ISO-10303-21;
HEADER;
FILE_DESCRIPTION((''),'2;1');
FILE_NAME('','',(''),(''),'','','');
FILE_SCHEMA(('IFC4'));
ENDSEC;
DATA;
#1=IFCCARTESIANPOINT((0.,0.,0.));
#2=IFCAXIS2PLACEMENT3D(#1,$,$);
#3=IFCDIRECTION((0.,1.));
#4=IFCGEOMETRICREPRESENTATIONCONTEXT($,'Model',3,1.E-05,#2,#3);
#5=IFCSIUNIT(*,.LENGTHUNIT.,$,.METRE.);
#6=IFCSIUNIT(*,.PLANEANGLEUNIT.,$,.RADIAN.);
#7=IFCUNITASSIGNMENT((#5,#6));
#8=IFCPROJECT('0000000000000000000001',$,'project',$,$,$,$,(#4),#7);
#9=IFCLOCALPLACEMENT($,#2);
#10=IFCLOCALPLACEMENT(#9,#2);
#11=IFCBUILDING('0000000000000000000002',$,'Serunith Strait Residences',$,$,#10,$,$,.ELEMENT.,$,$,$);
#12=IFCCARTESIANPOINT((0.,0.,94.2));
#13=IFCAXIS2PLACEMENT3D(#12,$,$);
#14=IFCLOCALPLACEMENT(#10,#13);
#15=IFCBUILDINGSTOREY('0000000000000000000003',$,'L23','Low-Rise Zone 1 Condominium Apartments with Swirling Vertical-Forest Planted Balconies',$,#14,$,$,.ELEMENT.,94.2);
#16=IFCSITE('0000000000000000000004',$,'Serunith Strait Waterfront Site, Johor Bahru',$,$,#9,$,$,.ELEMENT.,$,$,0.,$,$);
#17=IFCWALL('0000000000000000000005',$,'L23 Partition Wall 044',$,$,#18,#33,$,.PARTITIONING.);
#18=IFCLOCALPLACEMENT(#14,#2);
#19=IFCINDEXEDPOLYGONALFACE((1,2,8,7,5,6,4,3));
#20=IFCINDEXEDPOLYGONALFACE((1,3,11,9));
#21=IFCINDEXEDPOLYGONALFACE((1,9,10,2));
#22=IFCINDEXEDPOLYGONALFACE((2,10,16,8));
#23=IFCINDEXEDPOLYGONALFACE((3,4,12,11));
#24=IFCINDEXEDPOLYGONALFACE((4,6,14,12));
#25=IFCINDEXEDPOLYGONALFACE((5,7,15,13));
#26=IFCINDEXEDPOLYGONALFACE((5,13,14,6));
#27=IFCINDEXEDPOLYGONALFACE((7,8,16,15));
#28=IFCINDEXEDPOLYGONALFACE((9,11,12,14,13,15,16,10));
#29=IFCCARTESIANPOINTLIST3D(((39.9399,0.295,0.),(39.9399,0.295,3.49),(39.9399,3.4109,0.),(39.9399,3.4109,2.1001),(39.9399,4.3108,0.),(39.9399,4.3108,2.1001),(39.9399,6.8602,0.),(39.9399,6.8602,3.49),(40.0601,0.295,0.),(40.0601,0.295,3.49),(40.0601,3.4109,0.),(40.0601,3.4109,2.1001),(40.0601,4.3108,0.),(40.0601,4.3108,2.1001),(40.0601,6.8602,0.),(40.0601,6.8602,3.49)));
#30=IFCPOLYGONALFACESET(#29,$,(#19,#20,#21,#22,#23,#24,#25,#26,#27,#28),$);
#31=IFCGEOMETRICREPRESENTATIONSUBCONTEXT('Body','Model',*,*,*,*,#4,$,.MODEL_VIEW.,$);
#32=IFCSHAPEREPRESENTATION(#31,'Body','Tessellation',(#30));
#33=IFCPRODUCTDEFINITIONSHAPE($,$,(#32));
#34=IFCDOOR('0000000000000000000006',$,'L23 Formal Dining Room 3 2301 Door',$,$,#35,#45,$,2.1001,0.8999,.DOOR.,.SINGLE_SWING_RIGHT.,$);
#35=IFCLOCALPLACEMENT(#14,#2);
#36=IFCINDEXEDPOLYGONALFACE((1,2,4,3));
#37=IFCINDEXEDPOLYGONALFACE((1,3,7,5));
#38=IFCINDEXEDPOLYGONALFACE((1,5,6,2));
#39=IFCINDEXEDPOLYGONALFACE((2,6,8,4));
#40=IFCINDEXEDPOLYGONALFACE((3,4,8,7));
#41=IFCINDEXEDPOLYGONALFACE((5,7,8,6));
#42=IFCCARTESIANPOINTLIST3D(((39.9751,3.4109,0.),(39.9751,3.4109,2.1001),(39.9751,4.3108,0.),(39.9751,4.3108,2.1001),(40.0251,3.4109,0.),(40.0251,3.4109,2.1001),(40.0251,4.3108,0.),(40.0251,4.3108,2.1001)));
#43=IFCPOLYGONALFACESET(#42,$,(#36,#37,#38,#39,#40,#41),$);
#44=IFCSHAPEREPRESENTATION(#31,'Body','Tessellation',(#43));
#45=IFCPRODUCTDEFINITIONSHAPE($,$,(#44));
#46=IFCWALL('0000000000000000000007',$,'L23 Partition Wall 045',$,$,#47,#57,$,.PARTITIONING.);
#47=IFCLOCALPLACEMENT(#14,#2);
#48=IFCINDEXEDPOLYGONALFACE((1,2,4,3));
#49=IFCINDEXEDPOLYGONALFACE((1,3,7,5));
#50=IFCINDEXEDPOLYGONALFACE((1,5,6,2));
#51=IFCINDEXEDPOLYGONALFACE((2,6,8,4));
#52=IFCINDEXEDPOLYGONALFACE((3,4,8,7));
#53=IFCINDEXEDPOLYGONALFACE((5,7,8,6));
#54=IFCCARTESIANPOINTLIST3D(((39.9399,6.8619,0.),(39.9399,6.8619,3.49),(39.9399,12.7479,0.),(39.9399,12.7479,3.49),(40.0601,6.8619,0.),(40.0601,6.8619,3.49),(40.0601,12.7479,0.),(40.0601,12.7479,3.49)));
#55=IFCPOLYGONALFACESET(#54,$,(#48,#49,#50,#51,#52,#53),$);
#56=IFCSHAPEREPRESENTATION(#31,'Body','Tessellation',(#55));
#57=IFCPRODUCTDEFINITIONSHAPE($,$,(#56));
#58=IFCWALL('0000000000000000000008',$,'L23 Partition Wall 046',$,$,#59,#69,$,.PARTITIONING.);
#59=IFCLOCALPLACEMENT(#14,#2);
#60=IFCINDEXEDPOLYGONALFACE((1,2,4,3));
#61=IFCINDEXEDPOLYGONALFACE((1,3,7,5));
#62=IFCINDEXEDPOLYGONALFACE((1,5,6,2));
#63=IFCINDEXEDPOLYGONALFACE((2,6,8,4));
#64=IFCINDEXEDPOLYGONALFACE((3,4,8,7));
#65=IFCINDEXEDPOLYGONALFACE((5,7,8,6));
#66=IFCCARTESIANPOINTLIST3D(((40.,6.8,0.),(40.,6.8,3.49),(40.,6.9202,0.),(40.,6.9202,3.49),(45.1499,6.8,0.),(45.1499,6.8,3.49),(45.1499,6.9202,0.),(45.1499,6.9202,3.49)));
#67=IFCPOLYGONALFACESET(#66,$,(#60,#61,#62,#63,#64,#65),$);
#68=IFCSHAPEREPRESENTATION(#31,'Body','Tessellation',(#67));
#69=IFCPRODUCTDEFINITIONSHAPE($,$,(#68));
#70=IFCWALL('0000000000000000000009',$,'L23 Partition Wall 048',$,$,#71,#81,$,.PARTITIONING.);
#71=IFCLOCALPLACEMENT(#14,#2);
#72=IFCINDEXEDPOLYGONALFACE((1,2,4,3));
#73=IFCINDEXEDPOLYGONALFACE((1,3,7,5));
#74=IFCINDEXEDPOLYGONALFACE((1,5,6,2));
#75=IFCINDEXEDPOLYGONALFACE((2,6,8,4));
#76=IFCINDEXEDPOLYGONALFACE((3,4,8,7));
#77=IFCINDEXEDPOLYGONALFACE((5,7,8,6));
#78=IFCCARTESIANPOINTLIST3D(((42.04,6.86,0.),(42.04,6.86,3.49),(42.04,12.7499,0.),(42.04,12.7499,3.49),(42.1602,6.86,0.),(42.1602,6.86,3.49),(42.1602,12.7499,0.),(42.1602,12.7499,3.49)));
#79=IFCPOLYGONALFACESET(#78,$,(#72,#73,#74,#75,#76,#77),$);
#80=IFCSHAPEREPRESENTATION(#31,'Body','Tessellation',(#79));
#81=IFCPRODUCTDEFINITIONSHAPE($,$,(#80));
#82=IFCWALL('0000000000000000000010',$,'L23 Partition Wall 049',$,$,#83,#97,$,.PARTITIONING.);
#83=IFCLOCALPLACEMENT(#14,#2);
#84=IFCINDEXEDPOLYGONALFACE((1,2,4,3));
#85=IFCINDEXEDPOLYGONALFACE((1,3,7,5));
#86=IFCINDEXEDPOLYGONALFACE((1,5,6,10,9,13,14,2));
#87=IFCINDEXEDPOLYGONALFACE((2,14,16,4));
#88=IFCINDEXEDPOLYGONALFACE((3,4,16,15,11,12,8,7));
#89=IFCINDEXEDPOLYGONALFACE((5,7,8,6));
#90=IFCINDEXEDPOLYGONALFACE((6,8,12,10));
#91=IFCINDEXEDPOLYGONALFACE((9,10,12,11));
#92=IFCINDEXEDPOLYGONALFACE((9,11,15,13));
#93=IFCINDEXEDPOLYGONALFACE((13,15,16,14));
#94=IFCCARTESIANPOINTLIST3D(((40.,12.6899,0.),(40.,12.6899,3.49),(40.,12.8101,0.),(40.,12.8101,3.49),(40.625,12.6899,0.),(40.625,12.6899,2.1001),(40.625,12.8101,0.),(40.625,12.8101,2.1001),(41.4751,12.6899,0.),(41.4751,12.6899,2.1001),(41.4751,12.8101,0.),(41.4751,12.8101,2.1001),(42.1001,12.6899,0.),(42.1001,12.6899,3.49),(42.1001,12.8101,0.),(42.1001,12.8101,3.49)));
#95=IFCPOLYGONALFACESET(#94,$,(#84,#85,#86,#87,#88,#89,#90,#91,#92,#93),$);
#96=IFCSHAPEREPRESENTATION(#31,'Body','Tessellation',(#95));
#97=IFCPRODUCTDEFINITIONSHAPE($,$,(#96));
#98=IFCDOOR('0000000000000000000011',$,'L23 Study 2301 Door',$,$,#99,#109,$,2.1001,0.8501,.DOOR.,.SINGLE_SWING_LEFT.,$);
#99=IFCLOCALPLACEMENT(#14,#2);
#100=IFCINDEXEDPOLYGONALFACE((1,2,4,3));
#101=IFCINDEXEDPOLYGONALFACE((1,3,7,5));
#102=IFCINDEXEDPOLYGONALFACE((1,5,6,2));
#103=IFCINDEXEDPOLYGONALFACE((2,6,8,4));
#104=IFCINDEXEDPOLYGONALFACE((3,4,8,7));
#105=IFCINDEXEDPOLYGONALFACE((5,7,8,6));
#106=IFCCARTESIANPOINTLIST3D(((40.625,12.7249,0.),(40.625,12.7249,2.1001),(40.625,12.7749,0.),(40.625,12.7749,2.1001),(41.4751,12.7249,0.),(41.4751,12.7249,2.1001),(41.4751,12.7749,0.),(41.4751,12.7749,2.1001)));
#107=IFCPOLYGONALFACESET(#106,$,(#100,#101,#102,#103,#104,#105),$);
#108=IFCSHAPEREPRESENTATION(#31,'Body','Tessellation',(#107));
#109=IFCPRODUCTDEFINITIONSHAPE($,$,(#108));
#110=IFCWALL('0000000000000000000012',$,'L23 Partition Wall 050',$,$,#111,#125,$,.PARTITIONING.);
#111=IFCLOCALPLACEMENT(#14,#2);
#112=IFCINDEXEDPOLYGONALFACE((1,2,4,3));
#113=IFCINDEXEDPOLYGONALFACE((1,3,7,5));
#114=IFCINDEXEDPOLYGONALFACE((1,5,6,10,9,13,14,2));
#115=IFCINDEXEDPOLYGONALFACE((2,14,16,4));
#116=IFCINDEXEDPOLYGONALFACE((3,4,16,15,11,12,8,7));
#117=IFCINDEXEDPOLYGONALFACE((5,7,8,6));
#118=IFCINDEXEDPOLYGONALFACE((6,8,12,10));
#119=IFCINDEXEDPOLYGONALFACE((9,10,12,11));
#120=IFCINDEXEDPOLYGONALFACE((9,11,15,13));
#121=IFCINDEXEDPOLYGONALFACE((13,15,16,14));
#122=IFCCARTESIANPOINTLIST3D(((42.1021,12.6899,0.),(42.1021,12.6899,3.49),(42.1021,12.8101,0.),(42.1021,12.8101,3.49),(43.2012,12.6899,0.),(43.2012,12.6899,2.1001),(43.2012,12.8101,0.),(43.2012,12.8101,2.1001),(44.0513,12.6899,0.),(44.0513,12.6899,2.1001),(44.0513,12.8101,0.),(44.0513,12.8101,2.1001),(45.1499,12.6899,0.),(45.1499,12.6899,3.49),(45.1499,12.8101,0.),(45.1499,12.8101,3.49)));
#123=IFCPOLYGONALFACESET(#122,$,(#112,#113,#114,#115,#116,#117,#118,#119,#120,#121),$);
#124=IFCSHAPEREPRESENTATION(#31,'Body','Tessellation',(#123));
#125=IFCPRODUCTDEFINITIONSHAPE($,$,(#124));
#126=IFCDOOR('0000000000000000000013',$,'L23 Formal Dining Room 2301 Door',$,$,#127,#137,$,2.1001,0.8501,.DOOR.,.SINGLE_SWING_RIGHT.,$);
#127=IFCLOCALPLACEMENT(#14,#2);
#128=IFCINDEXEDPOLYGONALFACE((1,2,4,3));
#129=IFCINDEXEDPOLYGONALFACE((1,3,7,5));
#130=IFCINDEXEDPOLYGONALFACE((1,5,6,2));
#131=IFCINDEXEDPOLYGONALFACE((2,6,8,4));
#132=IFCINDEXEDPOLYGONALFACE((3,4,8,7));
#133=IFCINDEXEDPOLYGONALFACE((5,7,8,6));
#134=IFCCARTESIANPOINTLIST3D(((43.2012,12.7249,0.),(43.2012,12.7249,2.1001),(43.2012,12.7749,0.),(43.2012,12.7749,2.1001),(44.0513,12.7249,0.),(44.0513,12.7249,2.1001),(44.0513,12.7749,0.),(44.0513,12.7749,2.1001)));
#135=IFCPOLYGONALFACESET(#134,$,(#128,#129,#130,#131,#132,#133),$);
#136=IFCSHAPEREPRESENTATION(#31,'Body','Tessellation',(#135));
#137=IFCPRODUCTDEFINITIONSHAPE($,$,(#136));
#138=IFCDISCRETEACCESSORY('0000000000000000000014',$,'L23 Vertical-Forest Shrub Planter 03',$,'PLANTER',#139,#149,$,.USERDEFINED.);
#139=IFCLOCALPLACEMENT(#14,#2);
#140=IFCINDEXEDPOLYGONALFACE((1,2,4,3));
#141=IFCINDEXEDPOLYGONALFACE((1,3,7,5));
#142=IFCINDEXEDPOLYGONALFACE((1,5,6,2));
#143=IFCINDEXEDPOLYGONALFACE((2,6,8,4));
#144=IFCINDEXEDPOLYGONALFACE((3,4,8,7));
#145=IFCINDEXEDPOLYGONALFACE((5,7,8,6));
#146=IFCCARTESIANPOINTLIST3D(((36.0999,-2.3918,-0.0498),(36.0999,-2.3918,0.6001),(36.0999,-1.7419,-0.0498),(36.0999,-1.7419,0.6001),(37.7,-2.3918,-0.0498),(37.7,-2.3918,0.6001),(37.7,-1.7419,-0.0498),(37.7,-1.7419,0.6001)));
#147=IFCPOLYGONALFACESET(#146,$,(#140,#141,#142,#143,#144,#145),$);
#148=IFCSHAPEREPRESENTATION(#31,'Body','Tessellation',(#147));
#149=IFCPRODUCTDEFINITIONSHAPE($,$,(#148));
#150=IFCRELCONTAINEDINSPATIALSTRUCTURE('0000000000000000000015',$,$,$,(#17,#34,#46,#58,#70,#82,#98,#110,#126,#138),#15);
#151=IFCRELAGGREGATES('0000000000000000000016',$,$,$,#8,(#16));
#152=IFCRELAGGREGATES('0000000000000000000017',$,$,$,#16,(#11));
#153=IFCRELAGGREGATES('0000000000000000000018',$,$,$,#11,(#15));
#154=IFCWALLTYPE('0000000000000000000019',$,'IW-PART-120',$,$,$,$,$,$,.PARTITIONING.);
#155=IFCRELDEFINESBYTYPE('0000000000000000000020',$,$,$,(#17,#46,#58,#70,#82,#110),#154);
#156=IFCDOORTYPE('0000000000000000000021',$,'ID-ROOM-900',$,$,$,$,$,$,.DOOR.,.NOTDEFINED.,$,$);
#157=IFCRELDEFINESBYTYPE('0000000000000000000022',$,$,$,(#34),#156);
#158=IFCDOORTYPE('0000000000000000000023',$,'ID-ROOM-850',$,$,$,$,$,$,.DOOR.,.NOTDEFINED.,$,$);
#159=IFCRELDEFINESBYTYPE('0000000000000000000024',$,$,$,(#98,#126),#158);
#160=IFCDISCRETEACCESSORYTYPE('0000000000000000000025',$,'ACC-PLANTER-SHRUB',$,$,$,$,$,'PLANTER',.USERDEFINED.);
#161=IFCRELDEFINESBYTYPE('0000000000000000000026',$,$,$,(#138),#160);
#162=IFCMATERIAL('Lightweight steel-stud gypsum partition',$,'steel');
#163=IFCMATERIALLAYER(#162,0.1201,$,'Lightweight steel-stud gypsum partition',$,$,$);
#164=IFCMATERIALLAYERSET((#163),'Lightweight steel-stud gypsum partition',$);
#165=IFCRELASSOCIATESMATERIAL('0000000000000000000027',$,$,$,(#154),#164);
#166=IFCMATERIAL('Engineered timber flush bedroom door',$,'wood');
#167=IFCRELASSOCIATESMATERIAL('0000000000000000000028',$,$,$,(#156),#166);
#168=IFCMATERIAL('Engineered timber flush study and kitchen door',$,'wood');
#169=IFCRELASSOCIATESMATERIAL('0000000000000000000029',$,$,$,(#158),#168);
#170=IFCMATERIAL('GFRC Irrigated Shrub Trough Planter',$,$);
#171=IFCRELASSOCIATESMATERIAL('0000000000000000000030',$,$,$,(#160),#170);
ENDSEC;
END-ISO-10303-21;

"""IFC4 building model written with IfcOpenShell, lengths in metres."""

from ifc_helpers import new_model, si_unit, direction, frame, frame_2d, origin, origin_2d, place, context, subcontext, project, spatial, rectangle, extrude, source, transform, mapped, material, layer, layer_set, type_object, element, fill, save


model = new_model("IFC4")

# Units and contexts
model_context = context("Model", 3, precision=1e-05, world=origin(), true_north=direction((0.0, 1.0)))
body_context = subcontext(model_context, "Body", "Model", "MODEL_VIEW")
ifc_project = project(units=[si_unit("LENGTHUNIT", "METRE"), si_unit("PLANEANGLEUNIT", "RADIAN")], contexts=[model_context])

# Site, building, storey
site_placement = place(None, origin())
site = spatial("IfcSite", under=ifc_project, at=site_placement, Name="Serunith Strait Waterfront Site, Johor Bahru", CompositionType="ELEMENT", RefElevation=0.0)
building_placement = place(site_placement, origin())
building = spatial("IfcBuilding", under=site, at=building_placement, Name="Serunith Strait Residences", CompositionType="ELEMENT")
storey_placement = place(building_placement, frame((0.0, 0.0, 94.2)))
storey = spatial("IfcBuildingStorey", under=building, at=storey_placement, Name="L23", Description="Low-Rise Zone 1 Condominium Apartments with Swirling Vertical-Forest Planted Balconies", CompositionType="ELEMENT", Elevation=94.2)

# Shared definitions
ifc_material_1 = material(Name="Lightweight steel-stud gypsum partition", Category="steel")
ifc_layer_1 = layer(ifc_material_1, 0.1201, Name="Lightweight steel-stud gypsum partition")
ifc_layer_set_1 = layer_set([ifc_layer_1], Name="Lightweight steel-stud gypsum partition")
wall_type_1 = type_object("IfcWallType", Name="IW-PART-120", PredefinedType="PARTITIONING", material=ifc_layer_set_1)

# Wall, opening, door
ifc_material_2 = material(Name="Engineered timber flush bedroom door", Category="wood")
door_type_1 = type_object("IfcDoorType", Name="ID-ROOM-900", OperationType="NOTDEFINED", PredefinedType="DOOR", material=ifc_material_2)
shared_shape_1 = source(origin(), body_context, "Body", "SweptSolid", [
    extrude(rectangle(XDim=0.8999, YDim=2.1001, at=frame_2d((0.45, 1.05))), frame((0.0, 0.0249, 0.0), z_axis=(0.0, -1.0, 0.0), x_axis=(1.0, 0.0, 0.0)), (0.0, 0.0, 1.0), 0.05),
])
wall_1_placement = place(storey_placement, frame((40.0, 0.2949, 0.0), z_axis=(0.0, 0.0, 1.0), x_axis=(0.0, 1.0, 0.0)))
wall_1 = element("IfcWall", 1, at=wall_1_placement, inside=storey, type_object=wall_type_1, Name="L23 Partition Wall 044", PredefinedType="PARTITIONING", context=body_context, shape_type="SweptSolid", body=[
    extrude(rectangle(XDim=6.5652, YDim=0.1201, at=frame_2d((3.2827, 0.0))), origin(), (0.0, 0.0, 1.0), 3.49),
])
opening_1_placement = place(wall_1_placement, frame((3.116, 0.0, 0.0)))
opening_1 = element("IfcOpeningElement", 2, at=opening_1_placement, cuts=wall_1, PredefinedType="OPENING", context=body_context, shape_type="SweptSolid", body=[
    extrude(rectangle(XDim=0.8999, YDim=2.1001, at=frame_2d((0.45, 1.05))), frame((0.0, 0.0701, 0.0), z_axis=(0.0, -1.0, 0.0), x_axis=(1.0, 0.0, 0.0)), (0.0, 0.0, 1.0), 0.1401),
])
door_1_placement = place(opening_1_placement, origin())
door_1 = element("IfcDoor", 3, at=door_1_placement, inside=storey, type_object=door_type_1, Name="L23 Formal Dining Room 3 2301 Door", OperationType="SINGLE_SWING_RIGHT", OverallHeight=2.1001, OverallWidth=0.8999, PredefinedType="DOOR", context=body_context, shape_type="MappedRepresentation", body=[
    mapped(shared_shape_1, transform((0.0, 0.0, 0.0), scale=1.0)),
])
fill(opening_1, door_1)

# Walls
wall_2_placement = place(storey_placement, frame((40.0, 6.8621, 0.0), z_axis=(0.0, 0.0, 1.0), x_axis=(0.0, 1.0, 0.0)))
element("IfcWall", 4, at=wall_2_placement, inside=storey, type_object=wall_type_1, Name="L23 Partition Wall 045", PredefinedType="PARTITIONING", context=body_context, shape_type="SweptSolid", body=[
    extrude(rectangle(XDim=5.886, YDim=0.1201, at=frame_2d((2.9429, 0.0))), origin(), (0.0, 0.0, 1.0), 3.49),
])
wall_3_placement = place(storey_placement, frame((40.0, 6.8601, 0.0), z_axis=(0.0, 0.0, 1.0), x_axis=(1.0, 0.0, 0.0)))
element("IfcWall", 5, at=wall_3_placement, inside=storey, type_object=wall_type_1, Name="L23 Partition Wall 046", PredefinedType="PARTITIONING", context=body_context, shape_type="SweptSolid", body=[
    extrude(rectangle(XDim=5.1499, YDim=0.1201, at=frame_2d((2.575, 0.0))), origin(), (0.0, 0.0, 1.0), 3.49),
])
wall_4_placement = place(storey_placement, frame((42.1001, 6.8601, 0.0), z_axis=(0.0, 0.0, 1.0), x_axis=(0.0, 1.0, 0.0)))
element("IfcWall", 6, at=wall_4_placement, inside=storey, type_object=wall_type_1, Name="L23 Partition Wall 048", PredefinedType="PARTITIONING", context=body_context, shape_type="SweptSolid", body=[
    extrude(rectangle(XDim=5.8899, YDim=0.1201, at=frame_2d((2.9448, 0.0))), origin(), (0.0, 0.0, 1.0), 3.49),
])

# Walls, openings, doors
wall_5_placement = place(storey_placement, frame((40.0, 12.75, 0.0), z_axis=(0.0, 0.0, 1.0), x_axis=(1.0, 0.0, 0.0)))
wall_5 = element("IfcWall", 7, at=wall_5_placement, inside=storey, type_object=wall_type_1, Name="L23 Partition Wall 049", PredefinedType="PARTITIONING", context=body_context, shape_type="SweptSolid", body=[
    extrude(rectangle(XDim=2.1001, YDim=0.1201, at=frame_2d((1.05, 0.0))), origin(), (0.0, 0.0, 1.0), 3.49),
])
opening_2_placement = place(wall_5_placement, frame((0.625, 0.0, 0.0)))
opening_2 = element("IfcOpeningElement", 8, at=opening_2_placement, cuts=wall_5, PredefinedType="OPENING", context=body_context, shape_type="SweptSolid", body=[
    extrude(rectangle(XDim=0.8501, YDim=2.1001, at=frame_2d((0.425, 1.05))), frame((0.0, 0.0701, 0.0), z_axis=(0.0, -1.0, 0.0), x_axis=(1.0, 0.0, 0.0)), (0.0, 0.0, 1.0), 0.1401),
])
ifc_material_3 = material(Name="Engineered timber flush study and kitchen door", Category="wood")
door_type_2 = type_object("IfcDoorType", Name="ID-ROOM-850", OperationType="NOTDEFINED", PredefinedType="DOOR", material=ifc_material_3)
shared_shape_2 = source(origin(), body_context, "Body", "SweptSolid", [
    extrude(rectangle(XDim=0.8501, YDim=2.1001, at=frame_2d((0.425, 1.05))), frame((0.0, 0.0249, 0.0), z_axis=(0.0, -1.0, 0.0), x_axis=(1.0, 0.0, 0.0)), (0.0, 0.0, 1.0), 0.05),
])
door_2_placement = place(opening_2_placement, origin())
door_2 = element("IfcDoor", 9, at=door_2_placement, inside=storey, type_object=door_type_2, Name="L23 Study 2301 Door", OperationType="SINGLE_SWING_LEFT", OverallHeight=2.1001, OverallWidth=0.8501, PredefinedType="DOOR", context=body_context, shape_type="MappedRepresentation", body=[
    mapped(shared_shape_2, transform((0.0, 0.0, 0.0), scale=1.0)),
])
fill(opening_2, door_2)
wall_6_placement = place(storey_placement, frame((42.1021, 12.75, 0.0), z_axis=(0.0, 0.0, 1.0), x_axis=(1.0, 0.0, 0.0)))
wall_6 = element("IfcWall", 10, at=wall_6_placement, inside=storey, type_object=wall_type_1, Name="L23 Partition Wall 050", PredefinedType="PARTITIONING", context=body_context, shape_type="SweptSolid", body=[
    extrude(rectangle(XDim=3.0479, YDim=0.1201, at=frame_2d((1.5239, 0.0))), origin(), (0.0, 0.0, 1.0), 3.49),
])
opening_3_placement = place(wall_6_placement, frame((1.0991, 0.0, 0.0)))
opening_3 = element("IfcOpeningElement", 11, at=opening_3_placement, cuts=wall_6, PredefinedType="OPENING", context=body_context, shape_type="SweptSolid", body=[
    extrude(rectangle(XDim=0.8501, YDim=2.1001, at=frame_2d((0.425, 1.05))), frame((0.0, 0.0701, 0.0), z_axis=(0.0, -1.0, 0.0), x_axis=(1.0, 0.0, 0.0)), (0.0, 0.0, 1.0), 0.1401),
])
door_3_placement = place(opening_3_placement, origin())
door_3 = element("IfcDoor", 12, at=door_3_placement, inside=storey, type_object=door_type_2, Name="L23 Formal Dining Room 2301 Door", OperationType="SINGLE_SWING_RIGHT", OverallHeight=2.1001, OverallWidth=0.8501, PredefinedType="DOOR", context=body_context, shape_type="MappedRepresentation", body=[
    mapped(shared_shape_2, transform((0.0, 0.0, 0.0), scale=1.0)),
])
fill(opening_3, door_3)

# Discrete accessory
ifc_material_4 = material(Name="GFRC Irrigated Shrub Trough Planter")
discrete_accessory_type = type_object("IfcDiscreteAccessoryType", Name="ACC-PLANTER-SHRUB", ElementType="PLANTER", PredefinedType="USERDEFINED", material=ifc_material_4)
shared_shape_3 = source(origin(), body_context, "Body", "SweptSolid", [
    extrude(rectangle(XDim=1.6001, YDim=0.6499, at=origin_2d()), origin(), (0.0, 0.0, 1.0), 0.6499),
])
discrete_accessory_placement = place(storey_placement, frame((36.8999, -2.0669, -0.0498), z_axis=(0.0, 0.0, 1.0), x_axis=(1.0, 0.0, 0.0)))
element("IfcDiscreteAccessory", 13, at=discrete_accessory_placement, inside=storey, type_object=discrete_accessory_type, Name="L23 Vertical-Forest Shrub Planter 03", ObjectType="PLANTER", PredefinedType="USERDEFINED", context=body_context, shape_type="MappedRepresentation", body=[
    mapped(shared_shape_3, transform((0.0, 0.0, 0.0), scale=1.0)),
])

save(model, "model.ifc")
